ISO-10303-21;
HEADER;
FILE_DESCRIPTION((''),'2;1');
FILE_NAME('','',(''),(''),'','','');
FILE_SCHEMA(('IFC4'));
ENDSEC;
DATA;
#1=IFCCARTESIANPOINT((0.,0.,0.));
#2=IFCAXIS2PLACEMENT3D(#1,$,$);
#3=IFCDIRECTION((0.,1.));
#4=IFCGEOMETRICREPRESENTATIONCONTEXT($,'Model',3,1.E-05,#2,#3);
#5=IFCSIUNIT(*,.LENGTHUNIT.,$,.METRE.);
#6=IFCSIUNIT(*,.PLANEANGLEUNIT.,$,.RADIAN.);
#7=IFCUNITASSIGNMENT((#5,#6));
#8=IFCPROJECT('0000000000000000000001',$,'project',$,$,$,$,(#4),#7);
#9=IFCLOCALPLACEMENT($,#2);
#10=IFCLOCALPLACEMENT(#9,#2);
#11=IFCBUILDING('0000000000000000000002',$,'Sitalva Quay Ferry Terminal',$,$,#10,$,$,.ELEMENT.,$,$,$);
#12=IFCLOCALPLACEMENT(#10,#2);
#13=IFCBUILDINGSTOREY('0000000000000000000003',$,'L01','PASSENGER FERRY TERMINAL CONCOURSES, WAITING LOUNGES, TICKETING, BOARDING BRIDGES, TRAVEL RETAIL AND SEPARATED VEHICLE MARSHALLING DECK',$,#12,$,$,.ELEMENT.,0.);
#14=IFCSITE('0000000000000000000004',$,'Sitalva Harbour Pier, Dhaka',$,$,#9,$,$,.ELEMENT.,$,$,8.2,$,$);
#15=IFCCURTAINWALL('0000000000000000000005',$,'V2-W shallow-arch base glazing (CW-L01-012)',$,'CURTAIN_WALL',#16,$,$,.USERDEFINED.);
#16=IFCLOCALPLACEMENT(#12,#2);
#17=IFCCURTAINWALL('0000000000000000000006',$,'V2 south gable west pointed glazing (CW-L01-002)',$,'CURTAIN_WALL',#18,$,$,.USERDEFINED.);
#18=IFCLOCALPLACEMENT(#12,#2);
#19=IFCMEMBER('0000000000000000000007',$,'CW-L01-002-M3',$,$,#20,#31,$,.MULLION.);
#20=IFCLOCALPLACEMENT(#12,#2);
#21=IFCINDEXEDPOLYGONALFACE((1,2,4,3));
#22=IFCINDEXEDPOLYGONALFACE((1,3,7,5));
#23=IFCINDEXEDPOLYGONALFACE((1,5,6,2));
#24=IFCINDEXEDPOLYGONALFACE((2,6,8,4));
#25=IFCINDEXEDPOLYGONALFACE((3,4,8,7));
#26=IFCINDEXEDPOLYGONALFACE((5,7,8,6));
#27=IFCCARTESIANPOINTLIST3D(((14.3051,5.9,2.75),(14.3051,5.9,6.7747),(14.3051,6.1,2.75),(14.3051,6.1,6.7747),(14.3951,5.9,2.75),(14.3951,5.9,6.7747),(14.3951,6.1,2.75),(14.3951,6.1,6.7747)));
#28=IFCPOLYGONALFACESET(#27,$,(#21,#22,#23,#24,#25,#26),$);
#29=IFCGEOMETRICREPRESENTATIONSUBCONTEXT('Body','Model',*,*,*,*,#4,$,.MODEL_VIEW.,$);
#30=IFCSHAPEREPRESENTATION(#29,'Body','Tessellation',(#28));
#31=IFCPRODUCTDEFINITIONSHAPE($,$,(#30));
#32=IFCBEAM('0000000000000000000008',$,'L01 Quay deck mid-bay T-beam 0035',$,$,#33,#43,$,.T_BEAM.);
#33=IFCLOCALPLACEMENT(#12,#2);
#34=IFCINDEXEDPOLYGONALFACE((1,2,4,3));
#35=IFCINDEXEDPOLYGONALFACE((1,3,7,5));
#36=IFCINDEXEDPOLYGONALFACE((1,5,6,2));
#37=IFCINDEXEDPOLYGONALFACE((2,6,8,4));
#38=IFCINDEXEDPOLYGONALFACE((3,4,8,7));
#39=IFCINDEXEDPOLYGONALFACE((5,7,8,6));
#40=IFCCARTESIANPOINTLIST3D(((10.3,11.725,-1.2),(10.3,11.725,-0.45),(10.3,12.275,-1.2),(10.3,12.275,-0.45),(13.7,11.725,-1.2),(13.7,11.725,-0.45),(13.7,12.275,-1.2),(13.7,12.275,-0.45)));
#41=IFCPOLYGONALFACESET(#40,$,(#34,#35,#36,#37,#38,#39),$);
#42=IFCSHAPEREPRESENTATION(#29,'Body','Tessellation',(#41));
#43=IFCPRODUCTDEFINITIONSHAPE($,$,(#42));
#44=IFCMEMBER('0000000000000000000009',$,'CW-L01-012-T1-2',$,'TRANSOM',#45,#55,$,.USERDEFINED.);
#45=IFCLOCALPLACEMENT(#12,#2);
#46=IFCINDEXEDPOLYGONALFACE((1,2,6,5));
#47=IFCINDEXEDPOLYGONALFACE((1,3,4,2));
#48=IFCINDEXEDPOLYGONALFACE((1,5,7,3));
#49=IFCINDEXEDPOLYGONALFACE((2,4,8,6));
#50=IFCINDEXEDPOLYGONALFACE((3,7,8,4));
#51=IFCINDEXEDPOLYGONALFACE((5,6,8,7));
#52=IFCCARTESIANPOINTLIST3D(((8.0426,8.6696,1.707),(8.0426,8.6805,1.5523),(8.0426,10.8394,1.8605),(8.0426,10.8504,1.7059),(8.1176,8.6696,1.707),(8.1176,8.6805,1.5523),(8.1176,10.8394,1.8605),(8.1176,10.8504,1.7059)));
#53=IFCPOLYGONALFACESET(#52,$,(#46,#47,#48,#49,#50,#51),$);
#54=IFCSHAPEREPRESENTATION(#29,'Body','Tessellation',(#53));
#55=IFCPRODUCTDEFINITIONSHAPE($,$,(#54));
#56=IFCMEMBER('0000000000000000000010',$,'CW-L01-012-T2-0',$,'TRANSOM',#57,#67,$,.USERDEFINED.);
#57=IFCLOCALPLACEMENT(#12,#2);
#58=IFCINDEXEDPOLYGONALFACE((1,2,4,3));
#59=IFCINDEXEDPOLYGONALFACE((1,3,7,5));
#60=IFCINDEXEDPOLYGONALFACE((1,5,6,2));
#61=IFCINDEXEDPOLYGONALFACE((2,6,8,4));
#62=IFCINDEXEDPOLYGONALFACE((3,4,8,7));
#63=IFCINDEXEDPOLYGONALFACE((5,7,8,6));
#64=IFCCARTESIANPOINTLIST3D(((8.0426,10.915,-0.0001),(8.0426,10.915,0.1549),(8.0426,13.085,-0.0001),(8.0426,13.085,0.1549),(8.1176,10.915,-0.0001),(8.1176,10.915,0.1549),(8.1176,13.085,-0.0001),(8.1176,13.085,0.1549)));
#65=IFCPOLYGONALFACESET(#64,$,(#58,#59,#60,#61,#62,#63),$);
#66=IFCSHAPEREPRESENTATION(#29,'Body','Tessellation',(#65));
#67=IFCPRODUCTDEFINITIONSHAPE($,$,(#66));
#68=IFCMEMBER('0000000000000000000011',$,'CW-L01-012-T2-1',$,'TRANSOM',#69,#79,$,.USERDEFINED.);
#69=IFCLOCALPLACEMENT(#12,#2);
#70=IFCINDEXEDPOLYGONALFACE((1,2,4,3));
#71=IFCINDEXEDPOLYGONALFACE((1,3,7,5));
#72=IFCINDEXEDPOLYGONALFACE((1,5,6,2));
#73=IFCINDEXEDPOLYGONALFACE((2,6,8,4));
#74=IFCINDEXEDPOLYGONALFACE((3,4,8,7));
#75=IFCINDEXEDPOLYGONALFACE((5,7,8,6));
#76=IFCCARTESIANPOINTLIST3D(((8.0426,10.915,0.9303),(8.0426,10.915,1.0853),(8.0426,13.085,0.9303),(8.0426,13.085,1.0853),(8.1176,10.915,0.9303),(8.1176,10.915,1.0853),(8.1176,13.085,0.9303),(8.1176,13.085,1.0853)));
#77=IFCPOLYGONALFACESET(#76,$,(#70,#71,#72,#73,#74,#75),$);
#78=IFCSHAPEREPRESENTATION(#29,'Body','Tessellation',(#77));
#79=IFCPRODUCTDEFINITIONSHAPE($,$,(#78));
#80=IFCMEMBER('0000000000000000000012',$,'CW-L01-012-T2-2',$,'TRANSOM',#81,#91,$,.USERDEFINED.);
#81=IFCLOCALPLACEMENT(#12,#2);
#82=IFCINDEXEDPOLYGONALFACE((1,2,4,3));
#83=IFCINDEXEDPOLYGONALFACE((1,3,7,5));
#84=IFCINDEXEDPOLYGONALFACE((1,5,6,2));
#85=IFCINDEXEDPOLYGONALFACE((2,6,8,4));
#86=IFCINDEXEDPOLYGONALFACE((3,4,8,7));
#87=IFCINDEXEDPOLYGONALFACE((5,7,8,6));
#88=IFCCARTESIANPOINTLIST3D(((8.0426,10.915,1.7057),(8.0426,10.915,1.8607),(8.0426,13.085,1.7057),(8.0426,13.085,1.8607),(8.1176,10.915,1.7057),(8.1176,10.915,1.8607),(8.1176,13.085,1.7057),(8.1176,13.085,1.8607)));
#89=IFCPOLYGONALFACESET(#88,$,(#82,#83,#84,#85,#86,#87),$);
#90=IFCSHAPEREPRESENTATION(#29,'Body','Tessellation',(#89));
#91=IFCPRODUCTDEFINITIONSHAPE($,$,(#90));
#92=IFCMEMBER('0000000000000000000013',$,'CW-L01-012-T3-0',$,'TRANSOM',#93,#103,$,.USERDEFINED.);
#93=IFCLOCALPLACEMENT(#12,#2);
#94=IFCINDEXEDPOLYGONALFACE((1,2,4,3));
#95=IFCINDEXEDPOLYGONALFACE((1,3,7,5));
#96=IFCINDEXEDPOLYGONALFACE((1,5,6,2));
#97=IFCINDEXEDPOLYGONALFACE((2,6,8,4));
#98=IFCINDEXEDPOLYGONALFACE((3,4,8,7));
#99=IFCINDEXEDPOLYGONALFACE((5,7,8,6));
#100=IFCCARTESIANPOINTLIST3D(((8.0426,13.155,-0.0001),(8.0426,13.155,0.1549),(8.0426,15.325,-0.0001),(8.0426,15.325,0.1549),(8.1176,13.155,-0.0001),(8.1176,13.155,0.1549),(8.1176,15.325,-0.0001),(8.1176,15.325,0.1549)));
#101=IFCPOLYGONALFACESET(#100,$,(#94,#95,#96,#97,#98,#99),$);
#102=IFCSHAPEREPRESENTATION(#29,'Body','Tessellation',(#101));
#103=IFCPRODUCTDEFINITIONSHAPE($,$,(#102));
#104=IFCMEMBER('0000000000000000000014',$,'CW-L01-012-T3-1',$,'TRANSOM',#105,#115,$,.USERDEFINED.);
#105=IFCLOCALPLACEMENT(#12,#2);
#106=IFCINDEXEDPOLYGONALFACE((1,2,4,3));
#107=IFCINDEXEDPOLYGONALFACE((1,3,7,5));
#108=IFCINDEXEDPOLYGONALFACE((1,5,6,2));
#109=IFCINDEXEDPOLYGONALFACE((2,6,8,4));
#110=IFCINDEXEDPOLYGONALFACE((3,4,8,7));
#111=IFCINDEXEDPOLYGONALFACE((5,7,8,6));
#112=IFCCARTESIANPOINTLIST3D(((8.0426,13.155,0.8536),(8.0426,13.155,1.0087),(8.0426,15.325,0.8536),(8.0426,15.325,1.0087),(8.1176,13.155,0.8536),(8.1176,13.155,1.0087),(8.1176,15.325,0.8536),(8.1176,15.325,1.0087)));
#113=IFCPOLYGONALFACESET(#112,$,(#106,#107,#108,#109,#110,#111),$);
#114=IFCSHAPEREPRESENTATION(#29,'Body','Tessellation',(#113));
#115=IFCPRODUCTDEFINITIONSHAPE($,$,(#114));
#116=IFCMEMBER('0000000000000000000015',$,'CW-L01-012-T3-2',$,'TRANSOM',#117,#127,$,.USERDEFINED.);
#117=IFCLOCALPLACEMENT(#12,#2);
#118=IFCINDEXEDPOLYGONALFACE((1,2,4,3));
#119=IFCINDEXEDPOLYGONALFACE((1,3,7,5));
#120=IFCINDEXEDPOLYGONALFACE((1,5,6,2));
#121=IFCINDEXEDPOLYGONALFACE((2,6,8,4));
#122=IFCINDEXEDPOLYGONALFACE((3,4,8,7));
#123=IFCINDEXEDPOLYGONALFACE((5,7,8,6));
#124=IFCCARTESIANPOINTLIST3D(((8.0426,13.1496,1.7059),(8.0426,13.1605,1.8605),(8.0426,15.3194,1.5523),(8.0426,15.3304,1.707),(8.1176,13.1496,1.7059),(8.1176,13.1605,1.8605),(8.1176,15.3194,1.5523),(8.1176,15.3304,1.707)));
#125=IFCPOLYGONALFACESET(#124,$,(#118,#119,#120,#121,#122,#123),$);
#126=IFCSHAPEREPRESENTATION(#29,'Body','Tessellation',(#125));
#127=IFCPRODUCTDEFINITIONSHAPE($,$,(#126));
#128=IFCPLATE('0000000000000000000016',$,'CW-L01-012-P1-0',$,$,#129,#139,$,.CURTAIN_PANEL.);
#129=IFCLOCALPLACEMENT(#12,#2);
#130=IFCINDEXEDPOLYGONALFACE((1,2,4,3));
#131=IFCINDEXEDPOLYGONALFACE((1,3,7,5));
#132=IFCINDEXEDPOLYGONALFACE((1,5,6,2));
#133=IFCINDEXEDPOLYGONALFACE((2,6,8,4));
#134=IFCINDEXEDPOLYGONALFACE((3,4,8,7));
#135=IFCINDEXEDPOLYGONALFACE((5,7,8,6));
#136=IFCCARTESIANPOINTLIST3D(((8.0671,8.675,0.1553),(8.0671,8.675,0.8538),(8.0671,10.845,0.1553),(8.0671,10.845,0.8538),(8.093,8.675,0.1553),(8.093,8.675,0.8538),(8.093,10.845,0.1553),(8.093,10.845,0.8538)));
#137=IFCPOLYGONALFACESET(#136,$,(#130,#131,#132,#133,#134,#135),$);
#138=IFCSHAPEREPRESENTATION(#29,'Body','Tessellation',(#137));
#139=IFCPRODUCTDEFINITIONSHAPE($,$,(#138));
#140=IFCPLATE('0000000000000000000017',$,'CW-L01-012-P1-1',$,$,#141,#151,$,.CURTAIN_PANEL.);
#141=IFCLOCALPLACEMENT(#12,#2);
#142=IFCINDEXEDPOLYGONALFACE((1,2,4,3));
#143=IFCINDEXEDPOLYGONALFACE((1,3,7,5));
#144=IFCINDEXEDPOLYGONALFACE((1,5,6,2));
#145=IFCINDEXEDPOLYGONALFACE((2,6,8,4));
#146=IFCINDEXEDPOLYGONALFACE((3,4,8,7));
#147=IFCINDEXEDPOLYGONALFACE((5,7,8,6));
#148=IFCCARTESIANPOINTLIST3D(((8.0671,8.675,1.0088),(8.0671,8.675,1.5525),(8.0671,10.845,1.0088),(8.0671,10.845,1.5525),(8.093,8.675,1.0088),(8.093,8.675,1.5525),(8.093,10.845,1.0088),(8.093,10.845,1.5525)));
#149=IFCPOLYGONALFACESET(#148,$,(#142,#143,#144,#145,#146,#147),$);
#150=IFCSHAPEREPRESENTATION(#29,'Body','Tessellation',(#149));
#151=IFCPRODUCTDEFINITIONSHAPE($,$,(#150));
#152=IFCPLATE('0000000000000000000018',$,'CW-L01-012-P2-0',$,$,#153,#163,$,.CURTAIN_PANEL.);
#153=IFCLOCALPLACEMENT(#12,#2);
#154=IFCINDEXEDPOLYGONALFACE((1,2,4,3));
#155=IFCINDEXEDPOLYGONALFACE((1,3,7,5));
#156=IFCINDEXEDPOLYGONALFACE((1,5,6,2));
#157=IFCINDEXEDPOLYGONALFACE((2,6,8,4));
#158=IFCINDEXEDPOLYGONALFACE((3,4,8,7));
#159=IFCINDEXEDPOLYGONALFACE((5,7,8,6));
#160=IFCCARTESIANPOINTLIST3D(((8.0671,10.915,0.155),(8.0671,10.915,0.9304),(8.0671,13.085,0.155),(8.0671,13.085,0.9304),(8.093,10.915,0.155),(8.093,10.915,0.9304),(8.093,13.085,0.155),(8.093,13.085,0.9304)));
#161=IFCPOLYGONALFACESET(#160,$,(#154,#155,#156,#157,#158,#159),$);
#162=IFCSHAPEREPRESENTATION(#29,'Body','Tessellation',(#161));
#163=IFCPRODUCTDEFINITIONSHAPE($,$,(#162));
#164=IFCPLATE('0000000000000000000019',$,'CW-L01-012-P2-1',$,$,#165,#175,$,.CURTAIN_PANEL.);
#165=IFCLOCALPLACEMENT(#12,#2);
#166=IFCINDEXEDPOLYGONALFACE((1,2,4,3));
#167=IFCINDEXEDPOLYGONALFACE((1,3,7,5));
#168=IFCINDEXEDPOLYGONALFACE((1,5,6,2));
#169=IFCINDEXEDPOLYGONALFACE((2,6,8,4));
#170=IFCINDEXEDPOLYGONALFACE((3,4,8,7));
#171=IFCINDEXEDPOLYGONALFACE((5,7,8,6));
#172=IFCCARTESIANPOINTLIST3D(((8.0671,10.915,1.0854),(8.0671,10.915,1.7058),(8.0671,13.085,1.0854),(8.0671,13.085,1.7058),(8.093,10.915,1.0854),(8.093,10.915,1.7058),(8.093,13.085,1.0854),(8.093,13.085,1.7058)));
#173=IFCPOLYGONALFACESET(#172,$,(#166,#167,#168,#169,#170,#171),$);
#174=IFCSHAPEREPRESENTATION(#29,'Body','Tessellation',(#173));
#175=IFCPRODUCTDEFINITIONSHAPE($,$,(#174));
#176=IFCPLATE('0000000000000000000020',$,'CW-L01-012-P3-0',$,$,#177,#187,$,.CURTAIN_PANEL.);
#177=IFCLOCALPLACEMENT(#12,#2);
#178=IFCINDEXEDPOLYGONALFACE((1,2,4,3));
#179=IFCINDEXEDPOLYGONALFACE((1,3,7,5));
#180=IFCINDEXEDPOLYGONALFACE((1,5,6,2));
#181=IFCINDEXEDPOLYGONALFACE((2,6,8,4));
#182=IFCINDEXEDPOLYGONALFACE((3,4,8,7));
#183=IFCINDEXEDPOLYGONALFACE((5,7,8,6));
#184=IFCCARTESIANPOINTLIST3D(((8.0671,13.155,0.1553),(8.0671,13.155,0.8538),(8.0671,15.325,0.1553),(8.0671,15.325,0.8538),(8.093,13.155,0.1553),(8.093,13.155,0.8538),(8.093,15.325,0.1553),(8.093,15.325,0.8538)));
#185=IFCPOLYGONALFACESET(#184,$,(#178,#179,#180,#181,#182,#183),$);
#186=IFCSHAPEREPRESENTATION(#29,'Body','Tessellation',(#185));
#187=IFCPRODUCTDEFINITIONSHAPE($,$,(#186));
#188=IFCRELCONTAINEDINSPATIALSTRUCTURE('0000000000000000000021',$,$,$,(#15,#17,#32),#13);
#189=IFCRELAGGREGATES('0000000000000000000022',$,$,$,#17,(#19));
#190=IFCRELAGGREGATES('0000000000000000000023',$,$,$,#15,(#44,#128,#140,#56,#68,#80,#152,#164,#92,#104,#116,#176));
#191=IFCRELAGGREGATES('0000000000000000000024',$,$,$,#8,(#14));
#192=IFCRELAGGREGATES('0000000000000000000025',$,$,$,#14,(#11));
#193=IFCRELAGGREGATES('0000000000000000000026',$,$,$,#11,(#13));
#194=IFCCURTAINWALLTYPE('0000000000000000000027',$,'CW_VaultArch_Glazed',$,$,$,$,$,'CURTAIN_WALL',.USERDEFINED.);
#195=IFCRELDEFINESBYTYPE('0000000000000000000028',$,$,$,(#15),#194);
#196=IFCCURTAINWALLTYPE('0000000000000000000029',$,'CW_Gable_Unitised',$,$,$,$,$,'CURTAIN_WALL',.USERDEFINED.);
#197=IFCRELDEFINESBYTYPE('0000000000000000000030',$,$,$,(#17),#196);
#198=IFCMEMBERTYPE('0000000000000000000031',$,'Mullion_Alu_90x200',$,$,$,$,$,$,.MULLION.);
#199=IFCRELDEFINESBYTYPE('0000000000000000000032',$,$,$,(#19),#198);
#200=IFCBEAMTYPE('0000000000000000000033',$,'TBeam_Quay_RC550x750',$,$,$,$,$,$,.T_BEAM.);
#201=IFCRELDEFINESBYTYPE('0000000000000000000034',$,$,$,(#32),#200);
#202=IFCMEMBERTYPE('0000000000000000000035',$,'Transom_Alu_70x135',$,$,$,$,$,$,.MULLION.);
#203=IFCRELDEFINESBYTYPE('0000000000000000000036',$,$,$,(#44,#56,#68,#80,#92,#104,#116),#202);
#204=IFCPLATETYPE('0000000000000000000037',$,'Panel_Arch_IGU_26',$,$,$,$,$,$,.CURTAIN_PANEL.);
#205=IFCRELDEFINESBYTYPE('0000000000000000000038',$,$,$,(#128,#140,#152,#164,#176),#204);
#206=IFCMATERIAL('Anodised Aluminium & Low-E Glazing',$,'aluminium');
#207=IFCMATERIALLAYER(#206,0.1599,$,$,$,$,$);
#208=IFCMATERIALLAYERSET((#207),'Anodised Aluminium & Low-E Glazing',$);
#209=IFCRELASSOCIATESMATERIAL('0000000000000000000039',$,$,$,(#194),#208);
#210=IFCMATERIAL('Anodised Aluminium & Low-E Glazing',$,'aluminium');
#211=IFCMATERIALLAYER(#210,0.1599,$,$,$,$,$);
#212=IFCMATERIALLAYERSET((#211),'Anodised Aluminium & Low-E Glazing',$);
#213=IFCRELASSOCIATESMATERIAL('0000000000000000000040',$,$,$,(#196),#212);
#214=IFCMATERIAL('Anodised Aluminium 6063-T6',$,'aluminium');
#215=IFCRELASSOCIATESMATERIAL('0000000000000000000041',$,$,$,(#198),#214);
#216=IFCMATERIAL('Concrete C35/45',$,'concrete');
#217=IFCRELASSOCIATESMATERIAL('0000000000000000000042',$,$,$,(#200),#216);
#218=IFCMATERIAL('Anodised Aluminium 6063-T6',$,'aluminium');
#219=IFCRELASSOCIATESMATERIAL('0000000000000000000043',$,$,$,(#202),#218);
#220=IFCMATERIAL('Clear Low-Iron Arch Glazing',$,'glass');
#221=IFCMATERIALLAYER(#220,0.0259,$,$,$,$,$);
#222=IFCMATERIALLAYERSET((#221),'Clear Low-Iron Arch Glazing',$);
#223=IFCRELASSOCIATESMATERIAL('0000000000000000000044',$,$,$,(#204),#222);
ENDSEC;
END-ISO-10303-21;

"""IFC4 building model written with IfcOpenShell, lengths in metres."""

from ifc_helpers import new_model, si_unit, direction, frame, origin, origin_2d, place, context, subcontext, project, spatial, rectangle, extrude, material, layer, layer_set, material_profile, profile_set, type_object, element, aggregate, save


model = new_model("IFC4")

# Units and contexts
model_context = context("Model", 3, precision=1e-05, world=origin(), true_north=direction((0.0, 1.0)))
body_context = subcontext(model_context, "Body", "Model", "MODEL_VIEW")
ifc_project = project(units=[si_unit("LENGTHUNIT", "METRE"), si_unit("PLANEANGLEUNIT", "RADIAN")], contexts=[model_context])

# Site, building, storey
site_placement = place(None, origin())
site = spatial("IfcSite", under=ifc_project, at=site_placement, Name="Sitalva Harbour Pier, Dhaka", CompositionType="ELEMENT", RefElevation=8.2)
building_placement = place(site_placement, origin())
building = spatial("IfcBuilding", under=site, at=building_placement, Name="Sitalva Quay Ferry Terminal", CompositionType="ELEMENT")
storey_placement = place(building_placement, origin())
storey = spatial("IfcBuildingStorey", under=building, at=storey_placement, Name="L01", Description="PASSENGER FERRY TERMINAL CONCOURSES, WAITING LOUNGES, TICKETING, BOARDING BRIDGES, TRAVEL RETAIL AND SEPARATED VEHICLE MARSHALLING DECK", CompositionType="ELEMENT", Elevation=0.0)

# Curtain walls, member
ifc_material_1 = material(Name="Anodised Aluminium & Low-E Glazing", Category="aluminium")
ifc_layer_1 = layer(ifc_material_1, 0.1599)
ifc_layer_set_1 = layer_set([ifc_layer_1], Name="Anodised Aluminium & Low-E Glazing")
curtain_wall_type_1 = type_object("IfcCurtainWallType", Name="CW_VaultArch_Glazed", ElementType="CURTAIN_WALL", PredefinedType="USERDEFINED", material=ifc_layer_set_1)
curtain_wall_1_placement = place(storey_placement, origin())
curtain_wall_1 = element("IfcCurtainWall", 1, at=curtain_wall_1_placement, inside=storey, type_object=curtain_wall_type_1, Name="V2-W shallow-arch base glazing (CW-L01-012)", ObjectType="CURTAIN_WALL", PredefinedType="USERDEFINED")
ifc_material_2 = material(Name="Anodised Aluminium & Low-E Glazing", Category="aluminium")
ifc_layer_2 = layer(ifc_material_2, 0.1599)
ifc_layer_set_2 = layer_set([ifc_layer_2], Name="Anodised Aluminium & Low-E Glazing")
curtain_wall_type_2 = type_object("IfcCurtainWallType", Name="CW_Gable_Unitised", ElementType="CURTAIN_WALL", PredefinedType="USERDEFINED", material=ifc_layer_set_2)
curtain_wall_2_placement = place(storey_placement, origin())
curtain_wall_2 = element("IfcCurtainWall", 2, at=curtain_wall_2_placement, inside=storey, type_object=curtain_wall_type_2, Name="V2 south gable west pointed glazing (CW-L01-002)", ObjectType="CURTAIN_WALL", PredefinedType="USERDEFINED")
ifc_material_3 = material(Name="Anodised Aluminium 6063-T6", Category="aluminium")
ifc_material_profile_1 = material_profile(ifc_material_3, rectangle(XDim=0.0901, YDim=0.2, at=origin_2d()), Name="ALU90x200")
ifc_profile_set_1 = profile_set([ifc_material_profile_1], Name="Anodised Aluminium 6063-T6")
member_type_1 = type_object("IfcMemberType", Name="Mullion_Alu_90x200", PredefinedType="MULLION", material=ifc_profile_set_1)
member_1_placement = place(storey_placement, frame((14.3501, 6.0, 2.75), z_axis=(0.0, 0.0, 1.0), x_axis=(1.0, 0.0, 0.0)))
member_1 = element("IfcMember", 3, at=member_1_placement, type_object=member_type_1, Name="CW-L01-002-M3", PredefinedType="MULLION", context=body_context, shape_type="SweptSolid", body=[
    extrude(rectangle(XDim=0.0901, YDim=0.2, at=origin_2d()), origin(), (0.0, 0.0, 1.0), 4.0247),
])
aggregate(curtain_wall_2, [member_1])

# Beam
ifc_material_4 = material(Name="Concrete C35/45", Category="concrete")
ifc_material_profile_2 = material_profile(ifc_material_4, rectangle(XDim=0.55, YDim=0.75, at=origin_2d()), Name="RC550x750")
ifc_profile_set_2 = profile_set([ifc_material_profile_2], Name="Concrete C35/45")
beam_type = type_object("IfcBeamType", Name="TBeam_Quay_RC550x750", PredefinedType="T_BEAM", material=ifc_profile_set_2)
beam_placement = place(storey_placement, frame((10.3, 12.0, -0.825), z_axis=(1.0, 0.0, 0.0), x_axis=(0.0, 1.0, 0.0)))
element("IfcBeam", 4, at=beam_placement, inside=storey, type_object=beam_type, Name="L01 Quay deck mid-bay T-beam 0035", PredefinedType="T_BEAM", context=body_context, shape_type="SweptSolid", body=[
    extrude(rectangle(XDim=0.55, YDim=0.75, at=origin_2d()), origin(), (0.0, 0.0, 1.0), 3.3999),
])

# Members
ifc_material_5 = material(Name="Anodised Aluminium 6063-T6", Category="aluminium")
ifc_material_profile_3 = material_profile(ifc_material_5, rectangle(XDim=0.075, YDim=0.155, at=origin_2d()), Name="ALU75x155")
ifc_profile_set_3 = profile_set([ifc_material_profile_3], Name="Anodised Aluminium 6063-T6")
member_type_2 = type_object("IfcMemberType", Name="Transom_Alu_70x135", PredefinedType="MULLION", material=ifc_profile_set_3)
member_2_placement = place(storey_placement, frame((8.0801, 8.675, 1.6296), z_axis=(0.0, 0.997505, 0.070593), x_axis=(-1.0, 0.0, 0.0)))
member_2 = element("IfcMember", 5, at=member_2_placement, type_object=member_type_2, Name="CW-L01-012-T1-2", ObjectType="TRANSOM", PredefinedType="USERDEFINED", context=body_context, shape_type="SweptSolid", body=[
    extrude(rectangle(XDim=0.075, YDim=0.155, at=origin_2d()), origin(), (0.0, 0.0, 1.0), 2.1753),
])
member_3_placement = place(storey_placement, frame((8.0801, 10.915, 0.0774), z_axis=(0.0, 1.0, 0.0), x_axis=(-1.0, 0.0, 0.0)))
member_3 = element("IfcMember", 6, at=member_3_placement, type_object=member_type_2, Name="CW-L01-012-T2-0", ObjectType="TRANSOM", PredefinedType="USERDEFINED", context=body_context, shape_type="SweptSolid", body=[
    extrude(rectangle(XDim=0.075, YDim=0.155, at=origin_2d()), origin(), (0.0, 0.0, 1.0), 2.1699),
])
member_4_placement = place(storey_placement, frame((8.0801, 10.915, 1.0078), z_axis=(0.0, 1.0, 0.0), x_axis=(-1.0, 0.0, 0.0)))
member_4 = element("IfcMember", 7, at=member_4_placement, type_object=member_type_2, Name="CW-L01-012-T2-1", ObjectType="TRANSOM", PredefinedType="USERDEFINED", context=body_context, shape_type="SweptSolid", body=[
    extrude(rectangle(XDim=0.075, YDim=0.155, at=origin_2d()), origin(), (0.0, 0.0, 1.0), 2.1699),
])
member_5_placement = place(storey_placement, frame((8.0801, 10.915, 1.7832), z_axis=(0.0, 1.0, 0.0), x_axis=(-1.0, 0.0, 0.0)))
member_5 = element("IfcMember", 8, at=member_5_placement, type_object=member_type_2, Name="CW-L01-012-T2-2", ObjectType="TRANSOM", PredefinedType="USERDEFINED", context=body_context, shape_type="SweptSolid", body=[
    extrude(rectangle(XDim=0.075, YDim=0.155, at=origin_2d()), origin(), (0.0, 0.0, 1.0), 2.1699),
])
member_6_placement = place(storey_placement, frame((8.0801, 13.155, 0.0774), z_axis=(0.0, 1.0, 0.0), x_axis=(-1.0, 0.0, 0.0)))
member_6 = element("IfcMember", 9, at=member_6_placement, type_object=member_type_2, Name="CW-L01-012-T3-0", ObjectType="TRANSOM", PredefinedType="USERDEFINED", context=body_context, shape_type="SweptSolid", body=[
    extrude(rectangle(XDim=0.075, YDim=0.155, at=origin_2d()), origin(), (0.0, 0.0, 1.0), 2.1699),
])
member_7_placement = place(storey_placement, frame((8.0801, 13.155, 0.9312), z_axis=(0.0, 1.0, 0.0), x_axis=(-1.0, 0.0, 0.0)))
member_7 = element("IfcMember", 10, at=member_7_placement, type_object=member_type_2, Name="CW-L01-012-T3-1", ObjectType="TRANSOM", PredefinedType="USERDEFINED", context=body_context, shape_type="SweptSolid", body=[
    extrude(rectangle(XDim=0.075, YDim=0.155, at=origin_2d()), origin(), (0.0, 0.0, 1.0), 2.1699),
])
member_8_placement = place(storey_placement, frame((8.0801, 13.155, 1.7832), z_axis=(0.0, 0.997505, -0.070593), x_axis=(-1.0, 0.0, 0.0)))
member_8 = element("IfcMember", 11, at=member_8_placement, type_object=member_type_2, Name="CW-L01-012-T3-2", ObjectType="TRANSOM", PredefinedType="USERDEFINED", context=body_context, shape_type="SweptSolid", body=[
    extrude(rectangle(XDim=0.075, YDim=0.155, at=origin_2d()), origin(), (0.0, 0.0, 1.0), 2.1753),
])

# Plates
ifc_material_6 = material(Name="Clear Low-Iron Arch Glazing", Category="glass")
ifc_layer_3 = layer(ifc_material_6, 0.0259)
ifc_layer_set_3 = layer_set([ifc_layer_3], Name="Clear Low-Iron Arch Glazing")
plate_type = type_object("IfcPlateType", Name="Panel_Arch_IGU_26", PredefinedType="CURTAIN_PANEL", material=ifc_layer_set_3)
plate_1_placement = place(storey_placement, frame((8.0801, 9.76, 0.1553), z_axis=(0.0, 0.0, 1.0), x_axis=(0.0, 1.0, 0.0)))
plate_1 = element("IfcPlate", 12, at=plate_1_placement, type_object=plate_type, Name="CW-L01-012-P1-0", PredefinedType="CURTAIN_PANEL", context=body_context, shape_type="SweptSolid", body=[
    extrude(rectangle(XDim=2.1699, YDim=0.0259, at=origin_2d()), origin(), (0.0, 0.0, 1.0), 0.6985),
])
plate_2_placement = place(storey_placement, frame((8.0801, 9.76, 1.0088), z_axis=(0.0, 0.0, 1.0), x_axis=(0.0, 1.0, 0.0)))
plate_2 = element("IfcPlate", 13, at=plate_2_placement, type_object=plate_type, Name="CW-L01-012-P1-1", PredefinedType="CURTAIN_PANEL", context=body_context, shape_type="SweptSolid", body=[
    extrude(rectangle(XDim=2.1699, YDim=0.0259, at=origin_2d()), origin(), (0.0, 0.0, 1.0), 0.5437),
])
plate_3_placement = place(storey_placement, frame((8.0801, 12.0, 0.155), z_axis=(0.0, 0.0, 1.0), x_axis=(0.0, 1.0, 0.0)))
plate_3 = element("IfcPlate", 14, at=plate_3_placement, type_object=plate_type, Name="CW-L01-012-P2-0", PredefinedType="CURTAIN_PANEL", context=body_context, shape_type="SweptSolid", body=[
    extrude(rectangle(XDim=2.1699, YDim=0.0259, at=origin_2d()), origin(), (0.0, 0.0, 1.0), 0.7754),
])
plate_4_placement = place(storey_placement, frame((8.0801, 12.0, 1.0854), z_axis=(0.0, 0.0, 1.0), x_axis=(0.0, 1.0, 0.0)))
plate_4 = element("IfcPlate", 15, at=plate_4_placement, type_object=plate_type, Name="CW-L01-012-P2-1", PredefinedType="CURTAIN_PANEL", context=body_context, shape_type="SweptSolid", body=[
    extrude(rectangle(XDim=2.1699, YDim=0.0259, at=origin_2d()), origin(), (0.0, 0.0, 1.0), 0.6204),
])
plate_5_placement = place(storey_placement, frame((8.0801, 14.24, 0.1553), z_axis=(0.0, 0.0, 1.0), x_axis=(0.0, 1.0, 0.0)))
plate_5 = element("IfcPlate", 16, at=plate_5_placement, type_object=plate_type, Name="CW-L01-012-P3-0", PredefinedType="CURTAIN_PANEL", context=body_context, shape_type="SweptSolid", body=[
    extrude(rectangle(XDim=2.1699, YDim=0.0259, at=origin_2d()), origin(), (0.0, 0.0, 1.0), 0.6985),
])
aggregate(curtain_wall_1, [member_2, plate_1, plate_2, member_3, member_4, member_5, plate_3, plate_4, member_6, member_7, member_8, plate_5])

save(model, "model.ifc")
